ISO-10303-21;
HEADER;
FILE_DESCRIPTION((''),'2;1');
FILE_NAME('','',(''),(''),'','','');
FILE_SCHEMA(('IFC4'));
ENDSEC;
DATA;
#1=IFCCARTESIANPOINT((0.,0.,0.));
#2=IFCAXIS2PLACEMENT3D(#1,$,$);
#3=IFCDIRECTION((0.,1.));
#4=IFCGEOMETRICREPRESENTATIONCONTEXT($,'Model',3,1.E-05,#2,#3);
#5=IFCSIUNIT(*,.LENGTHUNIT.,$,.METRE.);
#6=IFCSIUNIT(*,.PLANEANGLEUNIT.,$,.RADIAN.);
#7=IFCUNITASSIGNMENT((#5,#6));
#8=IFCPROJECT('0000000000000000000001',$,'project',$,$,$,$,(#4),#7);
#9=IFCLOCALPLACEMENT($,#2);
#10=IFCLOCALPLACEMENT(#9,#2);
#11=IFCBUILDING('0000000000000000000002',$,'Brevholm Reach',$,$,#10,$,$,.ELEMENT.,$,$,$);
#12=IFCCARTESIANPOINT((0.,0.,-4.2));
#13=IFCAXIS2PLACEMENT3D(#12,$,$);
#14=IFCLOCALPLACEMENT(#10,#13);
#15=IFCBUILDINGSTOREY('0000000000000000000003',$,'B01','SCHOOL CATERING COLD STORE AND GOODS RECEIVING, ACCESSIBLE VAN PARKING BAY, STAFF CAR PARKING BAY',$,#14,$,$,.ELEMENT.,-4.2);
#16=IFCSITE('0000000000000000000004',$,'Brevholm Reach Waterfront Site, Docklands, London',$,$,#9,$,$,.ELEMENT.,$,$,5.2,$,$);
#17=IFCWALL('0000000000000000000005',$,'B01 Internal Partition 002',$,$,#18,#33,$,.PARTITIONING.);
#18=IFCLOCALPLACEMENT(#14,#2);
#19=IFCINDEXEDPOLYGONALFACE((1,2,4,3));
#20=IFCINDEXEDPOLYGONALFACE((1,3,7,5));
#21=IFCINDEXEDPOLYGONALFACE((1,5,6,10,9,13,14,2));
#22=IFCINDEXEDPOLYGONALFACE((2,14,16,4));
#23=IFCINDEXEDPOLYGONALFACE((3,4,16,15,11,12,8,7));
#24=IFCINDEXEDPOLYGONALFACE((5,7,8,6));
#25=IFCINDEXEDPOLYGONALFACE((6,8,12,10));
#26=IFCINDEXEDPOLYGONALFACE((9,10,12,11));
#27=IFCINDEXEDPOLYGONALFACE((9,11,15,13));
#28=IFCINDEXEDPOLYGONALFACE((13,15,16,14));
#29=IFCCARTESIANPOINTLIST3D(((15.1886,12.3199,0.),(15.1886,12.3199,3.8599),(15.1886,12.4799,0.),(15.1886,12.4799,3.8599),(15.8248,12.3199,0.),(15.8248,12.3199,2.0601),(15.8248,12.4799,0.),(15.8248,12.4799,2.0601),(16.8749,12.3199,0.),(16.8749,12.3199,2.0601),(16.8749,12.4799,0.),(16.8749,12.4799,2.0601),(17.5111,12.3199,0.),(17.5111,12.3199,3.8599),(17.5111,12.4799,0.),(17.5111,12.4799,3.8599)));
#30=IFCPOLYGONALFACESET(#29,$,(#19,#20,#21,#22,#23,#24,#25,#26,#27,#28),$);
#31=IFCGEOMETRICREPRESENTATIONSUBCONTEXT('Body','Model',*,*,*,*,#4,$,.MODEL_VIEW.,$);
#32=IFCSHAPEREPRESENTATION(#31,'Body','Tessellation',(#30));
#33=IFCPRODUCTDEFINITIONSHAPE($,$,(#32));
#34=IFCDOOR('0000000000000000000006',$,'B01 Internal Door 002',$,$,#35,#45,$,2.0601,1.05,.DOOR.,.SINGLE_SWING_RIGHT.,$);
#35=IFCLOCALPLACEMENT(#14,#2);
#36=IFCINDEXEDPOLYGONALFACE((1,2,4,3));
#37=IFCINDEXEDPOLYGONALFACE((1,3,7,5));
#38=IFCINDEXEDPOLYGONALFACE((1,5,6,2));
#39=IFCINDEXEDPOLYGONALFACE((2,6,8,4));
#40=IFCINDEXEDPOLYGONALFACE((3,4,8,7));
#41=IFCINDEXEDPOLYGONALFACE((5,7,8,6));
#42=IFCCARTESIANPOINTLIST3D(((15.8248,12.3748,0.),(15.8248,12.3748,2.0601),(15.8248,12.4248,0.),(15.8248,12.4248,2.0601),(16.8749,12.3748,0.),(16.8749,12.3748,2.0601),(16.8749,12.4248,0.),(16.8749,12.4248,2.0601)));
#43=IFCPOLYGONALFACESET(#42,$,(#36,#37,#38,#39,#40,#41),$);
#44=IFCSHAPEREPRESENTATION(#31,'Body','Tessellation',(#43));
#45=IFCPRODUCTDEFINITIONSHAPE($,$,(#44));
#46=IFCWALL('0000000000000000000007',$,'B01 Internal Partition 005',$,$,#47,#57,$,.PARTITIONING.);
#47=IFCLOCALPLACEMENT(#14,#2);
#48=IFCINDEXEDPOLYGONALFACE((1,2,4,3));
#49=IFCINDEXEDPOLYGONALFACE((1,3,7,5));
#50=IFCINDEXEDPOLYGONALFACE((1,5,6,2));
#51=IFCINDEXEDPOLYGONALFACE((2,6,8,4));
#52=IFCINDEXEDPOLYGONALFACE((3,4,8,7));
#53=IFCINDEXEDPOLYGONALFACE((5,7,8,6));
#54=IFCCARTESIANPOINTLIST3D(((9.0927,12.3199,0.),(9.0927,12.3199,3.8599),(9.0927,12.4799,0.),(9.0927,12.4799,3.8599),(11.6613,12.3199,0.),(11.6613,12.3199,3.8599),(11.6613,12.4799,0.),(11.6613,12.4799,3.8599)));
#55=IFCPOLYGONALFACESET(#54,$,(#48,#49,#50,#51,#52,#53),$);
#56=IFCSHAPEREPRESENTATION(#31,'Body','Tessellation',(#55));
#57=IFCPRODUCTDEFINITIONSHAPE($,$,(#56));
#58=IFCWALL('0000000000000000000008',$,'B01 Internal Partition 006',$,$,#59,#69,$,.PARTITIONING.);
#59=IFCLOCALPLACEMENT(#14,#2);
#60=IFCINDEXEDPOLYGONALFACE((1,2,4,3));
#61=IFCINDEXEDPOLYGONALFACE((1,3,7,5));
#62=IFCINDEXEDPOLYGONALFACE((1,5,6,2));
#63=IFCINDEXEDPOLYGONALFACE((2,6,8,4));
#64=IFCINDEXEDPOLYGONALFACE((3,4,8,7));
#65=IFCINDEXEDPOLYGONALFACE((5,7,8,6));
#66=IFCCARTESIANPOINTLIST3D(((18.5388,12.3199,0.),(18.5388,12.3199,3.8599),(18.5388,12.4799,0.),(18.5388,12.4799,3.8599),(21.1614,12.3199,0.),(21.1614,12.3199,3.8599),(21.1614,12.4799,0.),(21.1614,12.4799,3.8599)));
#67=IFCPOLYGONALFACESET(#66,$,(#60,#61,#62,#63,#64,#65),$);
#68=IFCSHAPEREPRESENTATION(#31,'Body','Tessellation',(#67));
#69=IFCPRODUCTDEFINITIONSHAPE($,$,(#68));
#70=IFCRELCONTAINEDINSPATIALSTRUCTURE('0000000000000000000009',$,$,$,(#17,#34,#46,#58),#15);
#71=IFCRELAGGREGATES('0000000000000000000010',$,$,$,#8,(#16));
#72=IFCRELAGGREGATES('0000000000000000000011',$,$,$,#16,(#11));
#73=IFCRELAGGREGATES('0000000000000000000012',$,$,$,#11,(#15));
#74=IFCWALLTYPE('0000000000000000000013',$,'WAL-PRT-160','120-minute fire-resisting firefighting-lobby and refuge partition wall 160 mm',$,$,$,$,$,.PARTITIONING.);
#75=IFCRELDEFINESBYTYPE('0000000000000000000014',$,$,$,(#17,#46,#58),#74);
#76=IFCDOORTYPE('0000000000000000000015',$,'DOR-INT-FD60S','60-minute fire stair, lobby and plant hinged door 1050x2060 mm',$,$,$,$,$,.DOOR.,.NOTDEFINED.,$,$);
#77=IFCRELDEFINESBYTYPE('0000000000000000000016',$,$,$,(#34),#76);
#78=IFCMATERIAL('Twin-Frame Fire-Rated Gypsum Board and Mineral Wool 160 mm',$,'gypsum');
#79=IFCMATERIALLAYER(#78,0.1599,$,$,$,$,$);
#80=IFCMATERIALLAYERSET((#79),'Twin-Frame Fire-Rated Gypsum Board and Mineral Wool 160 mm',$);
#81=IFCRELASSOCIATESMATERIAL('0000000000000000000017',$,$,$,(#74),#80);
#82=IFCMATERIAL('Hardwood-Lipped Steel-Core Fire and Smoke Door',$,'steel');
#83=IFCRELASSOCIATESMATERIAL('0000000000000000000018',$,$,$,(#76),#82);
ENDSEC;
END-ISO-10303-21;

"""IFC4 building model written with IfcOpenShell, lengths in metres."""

from ifc_helpers import new_model, si_unit, direction, frame, frame_2d, origin, place, context, subcontext, project, spatial, rectangle, extrude, material, layer, layer_set, type_object, element, fill, save


model = new_model("IFC4")

# Units and contexts
model_context = context("Model", 3, precision=1e-05, world=origin(), true_north=direction((0.0, 1.0)))
body_context = subcontext(model_context, "Body", "Model", "MODEL_VIEW")
ifc_project = project(units=[si_unit("LENGTHUNIT", "METRE"), si_unit("PLANEANGLEUNIT", "RADIAN")], contexts=[model_context])

# Site, building, storey
site_placement = place(None, origin())
site = spatial("IfcSite", under=ifc_project, at=site_placement, Name="Brevholm Reach Waterfront Site, Docklands, London", CompositionType="ELEMENT", RefElevation=5.2)
building_placement = place(site_placement, origin())
building = spatial("IfcBuilding", under=site, at=building_placement, Name="Brevholm Reach", CompositionType="ELEMENT")
storey_placement = place(building_placement, frame((0.0, 0.0, -4.2)))
storey = spatial("IfcBuildingStorey", under=building, at=storey_placement, Name="B01", Description="SCHOOL CATERING COLD STORE AND GOODS RECEIVING, ACCESSIBLE VAN PARKING BAY, STAFF CAR PARKING BAY", CompositionType="ELEMENT", Elevation=-4.2)

# Wall, opening, door
ifc_material_1 = material(Name="Twin-Frame Fire-Rated Gypsum Board and Mineral Wool 160 mm", Category="gypsum")
ifc_layer_1 = layer(ifc_material_1, 0.1599)
ifc_layer_set_1 = layer_set([ifc_layer_1], Name="Twin-Frame Fire-Rated Gypsum Board and Mineral Wool 160 mm")
wall_type_1 = type_object("IfcWallType", Name="WAL-PRT-160", Description="120-minute fire-resisting firefighting-lobby and refuge partition wall 160 mm", PredefinedType="PARTITIONING", material=ifc_layer_set_1)
wall_1_placement = place(storey_placement, frame((15.1887, 12.3999, 0.0), z_axis=(0.0, 0.0, 1.0), x_axis=(1.0, 0.0, 0.0)))
wall_1 = element("IfcWall", 1, at=wall_1_placement, inside=storey, type_object=wall_type_1, Name="B01 Internal Partition 002", PredefinedType="PARTITIONING", context=body_context, shape_type="SweptSolid", body=[
    extrude(rectangle(XDim=2.3225, YDim=0.1599, at=frame_2d((1.1611, 0.0))), origin(), (0.0, 0.0, 1.0), 3.8599),
])
opening_placement = place(wall_1_placement, frame((0.6362, 0.0, 0.0)))
opening = element("IfcOpeningElement", 2, at=opening_placement, cuts=wall_1, PredefinedType="OPENING", context=body_context, shape_type="SweptSolid", body=[
    extrude(rectangle(XDim=1.05, YDim=2.0601, at=frame_2d((0.5249, 1.03))), frame((0.0, 0.0898, 0.0), z_axis=(0.0, -1.0, 0.0), x_axis=(1.0, 0.0, 0.0)), (0.0, 0.0, 1.0), 0.1799),
])
ifc_material_2 = material(Name="Hardwood-Lipped Steel-Core Fire and Smoke Door", Category="steel")
door_type = type_object("IfcDoorType", Name="DOR-INT-FD60S", Description="60-minute fire stair, lobby and plant hinged door 1050x2060 mm", OperationType="NOTDEFINED", PredefinedType="DOOR", material=ifc_material_2)
door_placement = place(opening_placement, origin())
door = element("IfcDoor", 3, at=door_placement, inside=storey, type_object=door_type, Name="B01 Internal Door 002", OperationType="SINGLE_SWING_RIGHT", OverallHeight=2.0601, OverallWidth=1.05, PredefinedType="DOOR", context=body_context, shape_type="SweptSolid", body=[
    extrude(rectangle(XDim=1.05, YDim=2.0601, at=frame_2d((0.5249, 1.03))), frame((0.0, 0.0249, 0.0), z_axis=(0.0, -1.0, 0.0), x_axis=(1.0, 0.0, 0.0)), (0.0, 0.0, 1.0), 0.05),
])
fill(opening, door)

# Walls
wall_2_placement = place(storey_placement, frame((9.0928, 12.3999, 0.0), z_axis=(0.0, 0.0, 1.0), x_axis=(1.0, 0.0, 0.0)))
element("IfcWall", 4, at=wall_2_placement, inside=storey, type_object=wall_type_1, Name="B01 Internal Partition 005", PredefinedType="PARTITIONING", context=body_context, shape_type="SweptSolid", body=[
    extrude(rectangle(XDim=2.5686, YDim=0.1599, at=frame_2d((1.2842, 0.0))), origin(), (0.0, 0.0, 1.0), 3.8599),
])
wall_3_placement = place(storey_placement, frame((18.5388, 12.3999, 0.0), z_axis=(0.0, 0.0, 1.0), x_axis=(1.0, 0.0, 0.0)))
element("IfcWall", 5, at=wall_3_placement, inside=storey, type_object=wall_type_1, Name="B01 Internal Partition 006", PredefinedType="PARTITIONING", context=body_context, shape_type="SweptSolid", body=[
    extrude(rectangle(XDim=2.6226, YDim=0.1599, at=frame_2d((1.3113, 0.0))), origin(), (0.0, 0.0, 1.0), 3.8599),
])

save(model, "model.ifc")
